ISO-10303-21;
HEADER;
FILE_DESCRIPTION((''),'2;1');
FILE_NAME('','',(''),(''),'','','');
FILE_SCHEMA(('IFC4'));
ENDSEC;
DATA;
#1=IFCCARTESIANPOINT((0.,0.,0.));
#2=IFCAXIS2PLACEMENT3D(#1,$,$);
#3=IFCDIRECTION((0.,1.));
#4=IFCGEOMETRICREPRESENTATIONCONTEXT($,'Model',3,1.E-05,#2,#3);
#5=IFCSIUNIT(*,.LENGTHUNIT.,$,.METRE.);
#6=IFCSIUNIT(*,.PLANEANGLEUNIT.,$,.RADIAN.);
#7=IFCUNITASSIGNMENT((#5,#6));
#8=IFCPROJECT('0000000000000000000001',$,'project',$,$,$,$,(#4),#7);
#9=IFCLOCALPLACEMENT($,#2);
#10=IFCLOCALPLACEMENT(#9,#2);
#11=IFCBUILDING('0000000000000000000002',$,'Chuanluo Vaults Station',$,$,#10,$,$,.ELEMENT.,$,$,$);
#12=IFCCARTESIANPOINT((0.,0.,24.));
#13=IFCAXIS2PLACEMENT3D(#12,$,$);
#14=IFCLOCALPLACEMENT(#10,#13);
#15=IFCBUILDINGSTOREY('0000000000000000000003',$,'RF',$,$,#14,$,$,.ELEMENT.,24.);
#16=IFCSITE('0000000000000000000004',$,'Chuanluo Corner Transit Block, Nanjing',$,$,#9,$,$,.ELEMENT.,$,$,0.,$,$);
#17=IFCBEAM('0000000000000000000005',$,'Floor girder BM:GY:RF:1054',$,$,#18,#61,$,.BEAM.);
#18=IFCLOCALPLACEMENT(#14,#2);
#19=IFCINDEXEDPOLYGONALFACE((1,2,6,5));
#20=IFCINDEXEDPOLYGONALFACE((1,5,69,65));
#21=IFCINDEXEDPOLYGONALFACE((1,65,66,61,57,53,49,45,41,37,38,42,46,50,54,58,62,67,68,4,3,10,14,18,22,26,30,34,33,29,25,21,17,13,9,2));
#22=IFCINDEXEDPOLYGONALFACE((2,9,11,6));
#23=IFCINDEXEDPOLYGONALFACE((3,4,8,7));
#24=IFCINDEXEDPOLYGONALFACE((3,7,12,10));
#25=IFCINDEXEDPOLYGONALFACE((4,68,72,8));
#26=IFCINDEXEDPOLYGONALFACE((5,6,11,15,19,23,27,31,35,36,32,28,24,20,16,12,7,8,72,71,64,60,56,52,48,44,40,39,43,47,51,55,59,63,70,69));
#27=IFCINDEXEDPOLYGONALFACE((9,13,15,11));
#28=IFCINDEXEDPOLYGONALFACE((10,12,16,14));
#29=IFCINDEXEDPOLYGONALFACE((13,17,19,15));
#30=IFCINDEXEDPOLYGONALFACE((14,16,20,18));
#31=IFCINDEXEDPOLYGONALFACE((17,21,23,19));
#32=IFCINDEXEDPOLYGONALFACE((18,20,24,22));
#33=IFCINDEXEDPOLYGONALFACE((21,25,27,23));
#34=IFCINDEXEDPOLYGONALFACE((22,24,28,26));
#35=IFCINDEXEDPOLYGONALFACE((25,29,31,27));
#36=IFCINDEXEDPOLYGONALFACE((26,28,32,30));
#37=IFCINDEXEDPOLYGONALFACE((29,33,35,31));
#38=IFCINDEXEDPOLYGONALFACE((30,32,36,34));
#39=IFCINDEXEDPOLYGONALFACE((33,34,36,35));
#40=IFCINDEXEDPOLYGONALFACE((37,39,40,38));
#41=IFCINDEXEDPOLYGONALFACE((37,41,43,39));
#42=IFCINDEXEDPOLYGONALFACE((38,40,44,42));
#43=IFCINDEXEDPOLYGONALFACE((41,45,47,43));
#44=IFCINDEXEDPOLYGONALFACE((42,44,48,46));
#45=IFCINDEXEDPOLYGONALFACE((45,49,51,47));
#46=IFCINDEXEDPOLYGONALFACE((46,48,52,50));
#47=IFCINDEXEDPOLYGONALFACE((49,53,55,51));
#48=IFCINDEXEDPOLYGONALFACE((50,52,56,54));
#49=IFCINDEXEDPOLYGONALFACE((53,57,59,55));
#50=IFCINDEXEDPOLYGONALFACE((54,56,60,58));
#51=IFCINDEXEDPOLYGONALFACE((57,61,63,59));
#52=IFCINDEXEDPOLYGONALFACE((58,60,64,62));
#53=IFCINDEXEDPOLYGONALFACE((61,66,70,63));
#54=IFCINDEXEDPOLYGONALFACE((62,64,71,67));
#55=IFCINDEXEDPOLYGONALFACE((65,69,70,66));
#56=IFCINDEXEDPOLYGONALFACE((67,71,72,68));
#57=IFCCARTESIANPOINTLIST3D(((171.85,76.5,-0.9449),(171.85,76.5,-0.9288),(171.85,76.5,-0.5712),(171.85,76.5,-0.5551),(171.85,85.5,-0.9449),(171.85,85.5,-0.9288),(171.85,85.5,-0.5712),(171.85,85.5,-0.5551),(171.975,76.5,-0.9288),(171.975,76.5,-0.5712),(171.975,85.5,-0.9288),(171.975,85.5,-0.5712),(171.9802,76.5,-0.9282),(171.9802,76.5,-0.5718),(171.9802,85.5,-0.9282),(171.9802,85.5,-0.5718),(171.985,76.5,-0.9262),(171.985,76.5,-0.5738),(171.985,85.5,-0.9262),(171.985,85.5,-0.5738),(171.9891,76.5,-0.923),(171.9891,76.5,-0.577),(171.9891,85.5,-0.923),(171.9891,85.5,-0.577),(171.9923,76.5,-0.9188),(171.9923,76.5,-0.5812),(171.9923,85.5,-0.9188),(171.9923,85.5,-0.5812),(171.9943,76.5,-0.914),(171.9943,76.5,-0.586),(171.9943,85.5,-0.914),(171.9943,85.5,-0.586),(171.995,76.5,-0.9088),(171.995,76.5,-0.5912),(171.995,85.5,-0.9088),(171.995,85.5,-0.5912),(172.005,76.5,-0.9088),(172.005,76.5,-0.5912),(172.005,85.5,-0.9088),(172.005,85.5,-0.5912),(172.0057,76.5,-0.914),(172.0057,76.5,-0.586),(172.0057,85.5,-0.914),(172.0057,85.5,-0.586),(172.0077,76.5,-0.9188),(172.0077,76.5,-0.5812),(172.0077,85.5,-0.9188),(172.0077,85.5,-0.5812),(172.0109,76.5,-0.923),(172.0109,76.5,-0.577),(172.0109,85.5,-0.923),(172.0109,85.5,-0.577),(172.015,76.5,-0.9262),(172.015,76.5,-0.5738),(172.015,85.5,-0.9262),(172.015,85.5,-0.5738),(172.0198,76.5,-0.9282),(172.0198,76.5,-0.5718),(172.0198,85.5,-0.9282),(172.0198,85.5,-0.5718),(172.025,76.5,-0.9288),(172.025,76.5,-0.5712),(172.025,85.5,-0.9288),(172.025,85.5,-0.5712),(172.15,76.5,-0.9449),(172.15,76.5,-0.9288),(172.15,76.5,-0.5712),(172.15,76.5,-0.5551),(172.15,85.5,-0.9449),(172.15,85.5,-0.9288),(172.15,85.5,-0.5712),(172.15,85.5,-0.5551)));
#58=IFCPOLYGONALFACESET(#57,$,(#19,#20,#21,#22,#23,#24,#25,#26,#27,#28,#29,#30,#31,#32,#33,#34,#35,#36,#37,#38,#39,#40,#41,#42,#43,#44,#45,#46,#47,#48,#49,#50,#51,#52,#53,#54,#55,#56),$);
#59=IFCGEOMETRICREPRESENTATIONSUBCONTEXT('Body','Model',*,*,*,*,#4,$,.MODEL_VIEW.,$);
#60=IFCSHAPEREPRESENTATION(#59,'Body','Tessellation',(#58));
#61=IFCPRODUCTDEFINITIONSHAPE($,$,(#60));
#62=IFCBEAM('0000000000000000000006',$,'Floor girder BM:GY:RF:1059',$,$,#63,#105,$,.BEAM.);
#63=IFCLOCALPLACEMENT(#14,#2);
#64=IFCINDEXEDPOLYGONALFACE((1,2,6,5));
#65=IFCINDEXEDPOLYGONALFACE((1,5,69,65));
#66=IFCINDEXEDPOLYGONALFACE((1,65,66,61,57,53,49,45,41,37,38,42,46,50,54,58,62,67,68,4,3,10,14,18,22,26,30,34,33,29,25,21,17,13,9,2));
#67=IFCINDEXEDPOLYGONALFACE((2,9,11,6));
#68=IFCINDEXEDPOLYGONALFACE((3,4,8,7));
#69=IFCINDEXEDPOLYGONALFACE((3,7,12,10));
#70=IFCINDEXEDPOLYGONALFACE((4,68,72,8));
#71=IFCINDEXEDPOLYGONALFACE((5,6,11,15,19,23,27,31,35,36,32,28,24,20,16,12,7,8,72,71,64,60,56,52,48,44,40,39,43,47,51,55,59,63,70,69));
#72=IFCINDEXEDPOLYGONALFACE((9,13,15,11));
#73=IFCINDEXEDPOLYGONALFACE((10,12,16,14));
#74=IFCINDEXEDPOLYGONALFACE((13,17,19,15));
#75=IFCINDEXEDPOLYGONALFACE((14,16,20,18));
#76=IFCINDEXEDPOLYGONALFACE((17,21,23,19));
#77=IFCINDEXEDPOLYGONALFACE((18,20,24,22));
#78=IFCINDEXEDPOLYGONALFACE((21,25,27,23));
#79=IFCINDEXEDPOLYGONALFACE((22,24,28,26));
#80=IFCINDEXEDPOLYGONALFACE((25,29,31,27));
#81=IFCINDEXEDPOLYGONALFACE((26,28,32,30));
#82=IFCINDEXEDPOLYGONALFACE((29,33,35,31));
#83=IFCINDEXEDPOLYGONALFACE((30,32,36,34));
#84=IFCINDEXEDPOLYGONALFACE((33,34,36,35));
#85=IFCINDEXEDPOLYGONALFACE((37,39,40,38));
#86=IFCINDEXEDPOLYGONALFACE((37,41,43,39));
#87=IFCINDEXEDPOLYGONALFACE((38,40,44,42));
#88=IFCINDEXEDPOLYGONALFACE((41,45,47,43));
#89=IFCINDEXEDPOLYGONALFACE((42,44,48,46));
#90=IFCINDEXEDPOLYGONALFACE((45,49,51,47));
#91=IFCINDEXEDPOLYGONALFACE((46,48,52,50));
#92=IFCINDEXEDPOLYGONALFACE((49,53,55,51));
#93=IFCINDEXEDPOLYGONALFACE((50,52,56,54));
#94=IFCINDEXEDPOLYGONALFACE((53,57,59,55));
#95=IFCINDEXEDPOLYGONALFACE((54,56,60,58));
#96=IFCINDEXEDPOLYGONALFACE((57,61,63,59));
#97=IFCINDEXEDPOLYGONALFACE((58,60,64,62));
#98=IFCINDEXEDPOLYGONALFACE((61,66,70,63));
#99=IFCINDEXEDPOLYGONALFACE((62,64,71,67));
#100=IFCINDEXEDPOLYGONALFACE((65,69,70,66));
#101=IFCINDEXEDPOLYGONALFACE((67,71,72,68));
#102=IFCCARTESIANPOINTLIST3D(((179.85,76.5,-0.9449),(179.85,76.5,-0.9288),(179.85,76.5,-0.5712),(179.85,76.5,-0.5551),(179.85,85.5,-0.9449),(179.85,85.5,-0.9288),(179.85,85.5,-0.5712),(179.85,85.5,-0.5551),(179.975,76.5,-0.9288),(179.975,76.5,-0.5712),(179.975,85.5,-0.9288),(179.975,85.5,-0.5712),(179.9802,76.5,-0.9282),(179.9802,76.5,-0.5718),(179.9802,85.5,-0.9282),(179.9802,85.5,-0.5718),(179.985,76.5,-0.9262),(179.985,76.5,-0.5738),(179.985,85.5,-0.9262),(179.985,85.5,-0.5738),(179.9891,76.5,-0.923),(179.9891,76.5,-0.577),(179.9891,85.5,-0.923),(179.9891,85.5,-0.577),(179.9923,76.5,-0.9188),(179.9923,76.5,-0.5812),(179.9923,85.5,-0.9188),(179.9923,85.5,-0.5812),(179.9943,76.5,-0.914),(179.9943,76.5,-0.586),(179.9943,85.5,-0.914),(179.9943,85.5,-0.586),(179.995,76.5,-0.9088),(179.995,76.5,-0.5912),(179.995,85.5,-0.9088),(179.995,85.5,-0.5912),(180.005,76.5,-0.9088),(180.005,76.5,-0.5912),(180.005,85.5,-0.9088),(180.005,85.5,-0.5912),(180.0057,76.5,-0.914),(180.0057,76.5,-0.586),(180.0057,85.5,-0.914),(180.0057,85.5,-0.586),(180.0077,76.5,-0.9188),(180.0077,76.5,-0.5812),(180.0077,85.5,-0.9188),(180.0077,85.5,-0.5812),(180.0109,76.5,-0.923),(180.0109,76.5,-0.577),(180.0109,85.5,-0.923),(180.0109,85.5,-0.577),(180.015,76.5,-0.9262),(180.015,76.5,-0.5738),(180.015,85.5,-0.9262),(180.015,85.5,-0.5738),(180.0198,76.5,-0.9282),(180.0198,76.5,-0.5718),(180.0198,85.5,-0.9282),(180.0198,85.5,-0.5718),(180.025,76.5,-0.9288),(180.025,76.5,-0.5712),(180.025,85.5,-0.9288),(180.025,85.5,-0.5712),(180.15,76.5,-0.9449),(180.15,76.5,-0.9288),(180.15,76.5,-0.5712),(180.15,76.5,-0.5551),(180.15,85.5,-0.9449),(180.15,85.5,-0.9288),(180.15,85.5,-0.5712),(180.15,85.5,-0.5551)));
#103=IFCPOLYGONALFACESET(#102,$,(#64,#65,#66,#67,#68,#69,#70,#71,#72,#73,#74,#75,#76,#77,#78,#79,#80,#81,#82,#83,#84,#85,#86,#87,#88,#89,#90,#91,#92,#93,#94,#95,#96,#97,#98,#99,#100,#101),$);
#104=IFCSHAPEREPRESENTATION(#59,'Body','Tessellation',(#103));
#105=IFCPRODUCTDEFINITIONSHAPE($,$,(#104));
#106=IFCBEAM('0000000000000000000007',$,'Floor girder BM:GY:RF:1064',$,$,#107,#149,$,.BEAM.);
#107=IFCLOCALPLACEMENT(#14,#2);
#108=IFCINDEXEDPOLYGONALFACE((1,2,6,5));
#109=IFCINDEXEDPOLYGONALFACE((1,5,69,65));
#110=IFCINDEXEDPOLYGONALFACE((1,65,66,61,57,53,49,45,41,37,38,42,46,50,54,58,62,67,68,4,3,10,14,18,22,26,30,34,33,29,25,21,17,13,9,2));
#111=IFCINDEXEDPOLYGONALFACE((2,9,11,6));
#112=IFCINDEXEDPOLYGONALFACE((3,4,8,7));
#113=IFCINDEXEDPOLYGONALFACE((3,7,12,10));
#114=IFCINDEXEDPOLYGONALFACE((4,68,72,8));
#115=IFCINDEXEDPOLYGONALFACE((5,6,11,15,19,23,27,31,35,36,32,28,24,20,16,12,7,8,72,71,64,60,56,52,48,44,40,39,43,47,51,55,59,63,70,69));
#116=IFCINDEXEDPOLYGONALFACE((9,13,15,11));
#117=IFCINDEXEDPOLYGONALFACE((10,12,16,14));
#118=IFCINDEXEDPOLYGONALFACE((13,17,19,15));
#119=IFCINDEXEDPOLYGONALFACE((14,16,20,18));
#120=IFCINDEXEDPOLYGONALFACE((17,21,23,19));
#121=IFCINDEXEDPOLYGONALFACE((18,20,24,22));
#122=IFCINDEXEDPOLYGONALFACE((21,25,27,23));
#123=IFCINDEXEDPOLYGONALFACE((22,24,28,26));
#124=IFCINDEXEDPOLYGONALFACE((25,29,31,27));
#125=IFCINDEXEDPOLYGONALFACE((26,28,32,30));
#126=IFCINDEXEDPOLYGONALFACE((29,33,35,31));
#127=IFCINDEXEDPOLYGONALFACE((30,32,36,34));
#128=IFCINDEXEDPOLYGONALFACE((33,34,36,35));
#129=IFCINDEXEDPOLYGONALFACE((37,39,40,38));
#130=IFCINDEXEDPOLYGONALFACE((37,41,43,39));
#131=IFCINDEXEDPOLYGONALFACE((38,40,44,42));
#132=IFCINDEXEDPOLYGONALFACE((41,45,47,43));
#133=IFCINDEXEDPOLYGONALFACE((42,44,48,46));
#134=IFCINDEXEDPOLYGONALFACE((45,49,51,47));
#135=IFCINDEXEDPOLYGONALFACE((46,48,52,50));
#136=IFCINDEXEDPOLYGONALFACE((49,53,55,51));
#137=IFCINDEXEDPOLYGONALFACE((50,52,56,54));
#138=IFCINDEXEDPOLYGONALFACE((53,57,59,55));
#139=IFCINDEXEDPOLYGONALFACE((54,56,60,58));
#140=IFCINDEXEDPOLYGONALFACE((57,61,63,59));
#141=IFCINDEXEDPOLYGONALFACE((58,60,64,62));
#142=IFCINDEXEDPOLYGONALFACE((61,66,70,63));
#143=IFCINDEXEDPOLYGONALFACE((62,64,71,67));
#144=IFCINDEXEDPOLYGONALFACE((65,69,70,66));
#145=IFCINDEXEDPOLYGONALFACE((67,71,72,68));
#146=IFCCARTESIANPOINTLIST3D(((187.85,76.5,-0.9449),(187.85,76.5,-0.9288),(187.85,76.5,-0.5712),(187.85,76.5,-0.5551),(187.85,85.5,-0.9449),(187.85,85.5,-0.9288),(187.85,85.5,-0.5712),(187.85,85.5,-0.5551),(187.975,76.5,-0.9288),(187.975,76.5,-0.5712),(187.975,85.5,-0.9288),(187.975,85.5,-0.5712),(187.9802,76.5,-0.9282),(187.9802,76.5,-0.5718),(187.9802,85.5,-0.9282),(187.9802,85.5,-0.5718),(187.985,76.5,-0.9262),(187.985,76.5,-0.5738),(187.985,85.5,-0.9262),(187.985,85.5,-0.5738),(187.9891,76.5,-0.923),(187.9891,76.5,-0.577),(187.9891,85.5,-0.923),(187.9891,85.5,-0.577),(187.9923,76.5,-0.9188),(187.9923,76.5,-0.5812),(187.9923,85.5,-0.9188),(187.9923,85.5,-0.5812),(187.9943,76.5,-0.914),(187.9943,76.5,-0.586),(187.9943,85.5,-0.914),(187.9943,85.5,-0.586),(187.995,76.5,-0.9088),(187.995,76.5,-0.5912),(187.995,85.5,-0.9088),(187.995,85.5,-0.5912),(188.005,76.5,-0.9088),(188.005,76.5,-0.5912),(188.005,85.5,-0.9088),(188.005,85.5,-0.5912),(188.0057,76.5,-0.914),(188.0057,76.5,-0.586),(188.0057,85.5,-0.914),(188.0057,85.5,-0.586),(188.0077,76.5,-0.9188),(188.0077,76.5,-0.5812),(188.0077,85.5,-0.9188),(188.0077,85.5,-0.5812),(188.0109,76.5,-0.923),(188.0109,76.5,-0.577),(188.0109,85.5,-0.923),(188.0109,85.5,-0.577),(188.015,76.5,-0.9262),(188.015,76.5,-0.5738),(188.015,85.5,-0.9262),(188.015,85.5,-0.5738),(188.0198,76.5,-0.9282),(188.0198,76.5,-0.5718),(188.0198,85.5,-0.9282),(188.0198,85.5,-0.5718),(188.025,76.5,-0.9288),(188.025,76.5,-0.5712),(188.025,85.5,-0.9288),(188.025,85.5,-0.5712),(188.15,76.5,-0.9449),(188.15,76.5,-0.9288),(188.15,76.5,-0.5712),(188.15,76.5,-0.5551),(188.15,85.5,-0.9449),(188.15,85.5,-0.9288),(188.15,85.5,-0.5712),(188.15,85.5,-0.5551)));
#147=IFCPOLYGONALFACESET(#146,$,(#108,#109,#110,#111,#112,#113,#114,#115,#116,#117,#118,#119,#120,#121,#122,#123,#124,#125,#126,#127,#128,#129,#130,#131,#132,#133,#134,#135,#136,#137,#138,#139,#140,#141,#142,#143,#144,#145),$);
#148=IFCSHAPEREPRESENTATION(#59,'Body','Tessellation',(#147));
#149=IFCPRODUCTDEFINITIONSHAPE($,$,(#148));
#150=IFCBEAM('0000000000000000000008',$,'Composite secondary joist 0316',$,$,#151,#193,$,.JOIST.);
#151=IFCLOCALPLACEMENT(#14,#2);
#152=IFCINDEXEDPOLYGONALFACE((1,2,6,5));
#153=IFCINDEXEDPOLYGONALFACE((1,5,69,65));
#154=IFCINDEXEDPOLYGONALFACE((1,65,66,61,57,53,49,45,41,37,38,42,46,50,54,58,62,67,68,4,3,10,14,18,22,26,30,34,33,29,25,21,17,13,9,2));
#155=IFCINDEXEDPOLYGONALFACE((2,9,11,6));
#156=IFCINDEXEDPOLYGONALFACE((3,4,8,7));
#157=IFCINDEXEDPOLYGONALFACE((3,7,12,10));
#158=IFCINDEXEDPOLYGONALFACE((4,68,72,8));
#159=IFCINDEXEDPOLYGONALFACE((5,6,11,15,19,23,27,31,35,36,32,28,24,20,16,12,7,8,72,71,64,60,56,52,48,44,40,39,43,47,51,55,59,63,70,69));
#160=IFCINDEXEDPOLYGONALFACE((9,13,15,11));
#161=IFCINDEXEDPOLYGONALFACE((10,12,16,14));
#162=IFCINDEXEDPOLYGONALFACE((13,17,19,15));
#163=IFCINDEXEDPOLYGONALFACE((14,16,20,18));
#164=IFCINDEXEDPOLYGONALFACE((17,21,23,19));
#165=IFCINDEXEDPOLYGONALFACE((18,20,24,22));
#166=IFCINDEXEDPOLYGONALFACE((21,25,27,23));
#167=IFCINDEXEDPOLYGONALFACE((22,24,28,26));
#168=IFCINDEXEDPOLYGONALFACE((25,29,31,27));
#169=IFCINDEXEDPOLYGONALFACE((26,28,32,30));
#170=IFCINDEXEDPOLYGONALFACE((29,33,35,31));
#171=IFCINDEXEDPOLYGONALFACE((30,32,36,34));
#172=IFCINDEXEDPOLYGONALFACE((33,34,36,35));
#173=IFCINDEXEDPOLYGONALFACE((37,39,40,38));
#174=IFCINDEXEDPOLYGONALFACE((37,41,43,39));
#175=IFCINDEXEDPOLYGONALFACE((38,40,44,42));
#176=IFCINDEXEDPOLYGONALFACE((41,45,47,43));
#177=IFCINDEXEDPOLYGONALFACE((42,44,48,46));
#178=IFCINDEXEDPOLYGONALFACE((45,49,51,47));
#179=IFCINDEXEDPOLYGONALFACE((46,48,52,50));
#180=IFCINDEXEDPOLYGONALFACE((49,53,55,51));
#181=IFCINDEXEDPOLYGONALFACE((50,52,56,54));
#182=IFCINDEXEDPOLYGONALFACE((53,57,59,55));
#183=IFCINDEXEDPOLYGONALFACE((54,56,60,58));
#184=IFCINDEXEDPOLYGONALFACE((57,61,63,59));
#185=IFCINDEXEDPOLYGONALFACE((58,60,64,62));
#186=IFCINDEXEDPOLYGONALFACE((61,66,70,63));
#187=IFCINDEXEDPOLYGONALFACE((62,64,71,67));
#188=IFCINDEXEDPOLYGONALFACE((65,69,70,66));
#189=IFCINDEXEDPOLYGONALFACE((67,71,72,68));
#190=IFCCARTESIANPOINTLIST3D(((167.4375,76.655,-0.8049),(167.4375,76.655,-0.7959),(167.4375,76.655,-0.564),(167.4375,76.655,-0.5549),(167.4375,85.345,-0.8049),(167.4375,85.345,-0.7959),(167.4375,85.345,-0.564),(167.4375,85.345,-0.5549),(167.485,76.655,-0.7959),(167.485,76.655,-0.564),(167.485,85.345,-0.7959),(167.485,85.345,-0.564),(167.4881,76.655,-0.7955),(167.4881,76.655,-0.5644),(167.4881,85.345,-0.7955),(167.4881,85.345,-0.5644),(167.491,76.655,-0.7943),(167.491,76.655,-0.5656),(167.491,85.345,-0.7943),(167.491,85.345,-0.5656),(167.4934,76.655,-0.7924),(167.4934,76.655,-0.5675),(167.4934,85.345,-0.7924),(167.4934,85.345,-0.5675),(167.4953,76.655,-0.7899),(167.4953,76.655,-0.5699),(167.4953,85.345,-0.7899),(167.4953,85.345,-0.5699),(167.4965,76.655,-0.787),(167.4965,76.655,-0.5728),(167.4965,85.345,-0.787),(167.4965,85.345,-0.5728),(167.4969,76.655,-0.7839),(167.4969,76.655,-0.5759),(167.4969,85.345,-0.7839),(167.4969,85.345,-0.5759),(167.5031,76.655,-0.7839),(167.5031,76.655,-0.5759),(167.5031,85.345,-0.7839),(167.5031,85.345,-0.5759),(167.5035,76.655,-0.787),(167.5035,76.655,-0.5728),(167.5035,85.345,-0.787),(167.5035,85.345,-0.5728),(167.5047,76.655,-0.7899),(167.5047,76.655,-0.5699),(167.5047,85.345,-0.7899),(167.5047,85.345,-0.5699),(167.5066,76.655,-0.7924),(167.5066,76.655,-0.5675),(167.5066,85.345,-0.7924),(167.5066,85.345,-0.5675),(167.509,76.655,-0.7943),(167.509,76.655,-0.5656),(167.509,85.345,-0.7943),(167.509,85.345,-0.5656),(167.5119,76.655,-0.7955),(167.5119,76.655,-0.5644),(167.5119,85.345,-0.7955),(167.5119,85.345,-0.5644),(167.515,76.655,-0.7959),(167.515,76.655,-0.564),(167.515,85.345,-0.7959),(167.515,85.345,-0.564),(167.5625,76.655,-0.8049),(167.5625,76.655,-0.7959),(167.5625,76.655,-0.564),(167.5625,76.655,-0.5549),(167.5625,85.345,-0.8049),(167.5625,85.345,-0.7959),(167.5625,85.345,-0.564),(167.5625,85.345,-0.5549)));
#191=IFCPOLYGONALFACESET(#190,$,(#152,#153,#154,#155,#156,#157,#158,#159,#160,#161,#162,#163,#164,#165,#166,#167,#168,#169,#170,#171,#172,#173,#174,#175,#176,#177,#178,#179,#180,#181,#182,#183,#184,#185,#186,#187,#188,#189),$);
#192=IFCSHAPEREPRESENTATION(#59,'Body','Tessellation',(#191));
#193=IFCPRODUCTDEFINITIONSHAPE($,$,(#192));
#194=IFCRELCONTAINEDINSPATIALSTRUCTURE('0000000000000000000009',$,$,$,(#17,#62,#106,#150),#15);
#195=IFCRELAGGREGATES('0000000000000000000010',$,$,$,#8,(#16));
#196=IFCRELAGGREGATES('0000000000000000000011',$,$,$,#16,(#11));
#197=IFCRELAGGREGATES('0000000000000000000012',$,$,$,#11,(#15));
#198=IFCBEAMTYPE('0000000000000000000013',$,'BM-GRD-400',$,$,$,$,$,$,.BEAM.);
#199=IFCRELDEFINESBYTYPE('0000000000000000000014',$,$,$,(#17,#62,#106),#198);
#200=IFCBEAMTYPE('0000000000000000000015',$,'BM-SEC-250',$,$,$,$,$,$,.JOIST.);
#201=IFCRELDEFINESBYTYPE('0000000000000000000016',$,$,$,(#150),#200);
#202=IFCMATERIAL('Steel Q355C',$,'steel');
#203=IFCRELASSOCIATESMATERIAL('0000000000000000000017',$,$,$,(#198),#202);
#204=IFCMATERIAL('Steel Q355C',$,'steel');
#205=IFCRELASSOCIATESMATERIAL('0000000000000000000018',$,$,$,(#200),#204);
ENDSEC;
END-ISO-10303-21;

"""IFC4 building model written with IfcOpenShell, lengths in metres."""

from ifc_helpers import new_model, si_unit, direction, frame, origin, origin_2d, place, context, subcontext, project, spatial, i_section, extrude, material, material_profile, profile_set, type_object, element, save


model = new_model("IFC4")

# Units and contexts
model_context = context("Model", 3, precision=1e-05, world=origin(), true_north=direction((0.0, 1.0)))
body_context = subcontext(model_context, "Body", "Model", "MODEL_VIEW")
ifc_project = project(units=[si_unit("LENGTHUNIT", "METRE"), si_unit("PLANEANGLEUNIT", "RADIAN")], contexts=[model_context])

# Site, building, storey
site_placement = place(None, origin())
site = spatial("IfcSite", under=ifc_project, at=site_placement, Name="Chuanluo Corner Transit Block, Nanjing", CompositionType="ELEMENT", RefElevation=0.0)
building_placement = place(site_placement, origin())
building = spatial("IfcBuilding", under=site, at=building_placement, Name="Chuanluo Vaults Station", CompositionType="ELEMENT")
storey_placement = place(building_placement, frame((0.0, 0.0, 24.0)))
storey = spatial("IfcBuildingStorey", under=building, at=storey_placement, Name="RF", CompositionType="ELEMENT", Elevation=24.0)

# Beams
ifc_material_1 = material(Name="Steel Q355C", Category="steel")
ifc_material_profile_1 = material_profile(ifc_material_1, i_section(OverallWidth=0.3, OverallDepth=0.3899, WebThickness=0.01, FlangeThickness=0.0161, FilletRadius=0.02, at=origin_2d()))
ifc_profile_set_1 = profile_set([ifc_material_profile_1], Name="Steel Q355C")
beam_type_1 = type_object("IfcBeamType", Name="BM-GRD-400", PredefinedType="BEAM", material=ifc_profile_set_1)
for number, where, z_axis, x_axis, name in (
    (1, (172.0, 76.5, -0.75), (0.0, 1.0, 0.0), (-1.0, 0.0, 0.0), "Floor girder BM:GY:RF:1054"),
    (2, (180.0, 76.5, -0.75), (0.0, 1.0, 0.0), (-1.0, 0.0, 0.0), "Floor girder BM:GY:RF:1059"),
    (3, (188.0, 76.5, -0.75), (0.0, 1.0, 0.0), (-1.0, 0.0, 0.0), "Floor girder BM:GY:RF:1064"),
):
    element("IfcBeam", number, at=place(storey_placement, frame(where, z_axis=z_axis, x_axis=x_axis)), inside=storey, type_object=beam_type_1, Name=name, PredefinedType="BEAM", context=body_context, shape_type="SweptSolid", body=[
        extrude(i_section(OverallWidth=0.3, OverallDepth=0.3899, WebThickness=0.01, FlangeThickness=0.0161, FilletRadius=0.02, at=origin_2d()), origin(), (0.0, 0.0, 1.0), 9.0),
    ])
ifc_material_2 = material(Name="Steel Q355C", Category="steel")
ifc_material_profile_2 = material_profile(ifc_material_2, i_section(OverallWidth=0.125, OverallDepth=0.25, WebThickness=0.0061, FlangeThickness=0.009, FilletRadius=0.012, at=origin_2d()))
ifc_profile_set_2 = profile_set([ifc_material_profile_2], Name="Steel Q355C")
beam_type_2 = type_object("IfcBeamType", Name="BM-SEC-250", PredefinedType="JOIST", material=ifc_profile_set_2)
beam_1_placement = place(storey_placement, frame((167.5, 76.655, -0.6799), z_axis=(0.0, 1.0, 0.0), x_axis=(-1.0, 0.0, 0.0)))
element("IfcBeam", 4, at=beam_1_placement, inside=storey, type_object=beam_type_2, Name="Composite secondary joist 0316", PredefinedType="JOIST", context=body_context, shape_type="SweptSolid", body=[
    extrude(i_section(OverallWidth=0.125, OverallDepth=0.25, WebThickness=0.0061, FlangeThickness=0.009, FilletRadius=0.012, at=origin_2d()), origin(), (0.0, 0.0, 1.0), 8.6899),
])

save(model, "model.ifc")
